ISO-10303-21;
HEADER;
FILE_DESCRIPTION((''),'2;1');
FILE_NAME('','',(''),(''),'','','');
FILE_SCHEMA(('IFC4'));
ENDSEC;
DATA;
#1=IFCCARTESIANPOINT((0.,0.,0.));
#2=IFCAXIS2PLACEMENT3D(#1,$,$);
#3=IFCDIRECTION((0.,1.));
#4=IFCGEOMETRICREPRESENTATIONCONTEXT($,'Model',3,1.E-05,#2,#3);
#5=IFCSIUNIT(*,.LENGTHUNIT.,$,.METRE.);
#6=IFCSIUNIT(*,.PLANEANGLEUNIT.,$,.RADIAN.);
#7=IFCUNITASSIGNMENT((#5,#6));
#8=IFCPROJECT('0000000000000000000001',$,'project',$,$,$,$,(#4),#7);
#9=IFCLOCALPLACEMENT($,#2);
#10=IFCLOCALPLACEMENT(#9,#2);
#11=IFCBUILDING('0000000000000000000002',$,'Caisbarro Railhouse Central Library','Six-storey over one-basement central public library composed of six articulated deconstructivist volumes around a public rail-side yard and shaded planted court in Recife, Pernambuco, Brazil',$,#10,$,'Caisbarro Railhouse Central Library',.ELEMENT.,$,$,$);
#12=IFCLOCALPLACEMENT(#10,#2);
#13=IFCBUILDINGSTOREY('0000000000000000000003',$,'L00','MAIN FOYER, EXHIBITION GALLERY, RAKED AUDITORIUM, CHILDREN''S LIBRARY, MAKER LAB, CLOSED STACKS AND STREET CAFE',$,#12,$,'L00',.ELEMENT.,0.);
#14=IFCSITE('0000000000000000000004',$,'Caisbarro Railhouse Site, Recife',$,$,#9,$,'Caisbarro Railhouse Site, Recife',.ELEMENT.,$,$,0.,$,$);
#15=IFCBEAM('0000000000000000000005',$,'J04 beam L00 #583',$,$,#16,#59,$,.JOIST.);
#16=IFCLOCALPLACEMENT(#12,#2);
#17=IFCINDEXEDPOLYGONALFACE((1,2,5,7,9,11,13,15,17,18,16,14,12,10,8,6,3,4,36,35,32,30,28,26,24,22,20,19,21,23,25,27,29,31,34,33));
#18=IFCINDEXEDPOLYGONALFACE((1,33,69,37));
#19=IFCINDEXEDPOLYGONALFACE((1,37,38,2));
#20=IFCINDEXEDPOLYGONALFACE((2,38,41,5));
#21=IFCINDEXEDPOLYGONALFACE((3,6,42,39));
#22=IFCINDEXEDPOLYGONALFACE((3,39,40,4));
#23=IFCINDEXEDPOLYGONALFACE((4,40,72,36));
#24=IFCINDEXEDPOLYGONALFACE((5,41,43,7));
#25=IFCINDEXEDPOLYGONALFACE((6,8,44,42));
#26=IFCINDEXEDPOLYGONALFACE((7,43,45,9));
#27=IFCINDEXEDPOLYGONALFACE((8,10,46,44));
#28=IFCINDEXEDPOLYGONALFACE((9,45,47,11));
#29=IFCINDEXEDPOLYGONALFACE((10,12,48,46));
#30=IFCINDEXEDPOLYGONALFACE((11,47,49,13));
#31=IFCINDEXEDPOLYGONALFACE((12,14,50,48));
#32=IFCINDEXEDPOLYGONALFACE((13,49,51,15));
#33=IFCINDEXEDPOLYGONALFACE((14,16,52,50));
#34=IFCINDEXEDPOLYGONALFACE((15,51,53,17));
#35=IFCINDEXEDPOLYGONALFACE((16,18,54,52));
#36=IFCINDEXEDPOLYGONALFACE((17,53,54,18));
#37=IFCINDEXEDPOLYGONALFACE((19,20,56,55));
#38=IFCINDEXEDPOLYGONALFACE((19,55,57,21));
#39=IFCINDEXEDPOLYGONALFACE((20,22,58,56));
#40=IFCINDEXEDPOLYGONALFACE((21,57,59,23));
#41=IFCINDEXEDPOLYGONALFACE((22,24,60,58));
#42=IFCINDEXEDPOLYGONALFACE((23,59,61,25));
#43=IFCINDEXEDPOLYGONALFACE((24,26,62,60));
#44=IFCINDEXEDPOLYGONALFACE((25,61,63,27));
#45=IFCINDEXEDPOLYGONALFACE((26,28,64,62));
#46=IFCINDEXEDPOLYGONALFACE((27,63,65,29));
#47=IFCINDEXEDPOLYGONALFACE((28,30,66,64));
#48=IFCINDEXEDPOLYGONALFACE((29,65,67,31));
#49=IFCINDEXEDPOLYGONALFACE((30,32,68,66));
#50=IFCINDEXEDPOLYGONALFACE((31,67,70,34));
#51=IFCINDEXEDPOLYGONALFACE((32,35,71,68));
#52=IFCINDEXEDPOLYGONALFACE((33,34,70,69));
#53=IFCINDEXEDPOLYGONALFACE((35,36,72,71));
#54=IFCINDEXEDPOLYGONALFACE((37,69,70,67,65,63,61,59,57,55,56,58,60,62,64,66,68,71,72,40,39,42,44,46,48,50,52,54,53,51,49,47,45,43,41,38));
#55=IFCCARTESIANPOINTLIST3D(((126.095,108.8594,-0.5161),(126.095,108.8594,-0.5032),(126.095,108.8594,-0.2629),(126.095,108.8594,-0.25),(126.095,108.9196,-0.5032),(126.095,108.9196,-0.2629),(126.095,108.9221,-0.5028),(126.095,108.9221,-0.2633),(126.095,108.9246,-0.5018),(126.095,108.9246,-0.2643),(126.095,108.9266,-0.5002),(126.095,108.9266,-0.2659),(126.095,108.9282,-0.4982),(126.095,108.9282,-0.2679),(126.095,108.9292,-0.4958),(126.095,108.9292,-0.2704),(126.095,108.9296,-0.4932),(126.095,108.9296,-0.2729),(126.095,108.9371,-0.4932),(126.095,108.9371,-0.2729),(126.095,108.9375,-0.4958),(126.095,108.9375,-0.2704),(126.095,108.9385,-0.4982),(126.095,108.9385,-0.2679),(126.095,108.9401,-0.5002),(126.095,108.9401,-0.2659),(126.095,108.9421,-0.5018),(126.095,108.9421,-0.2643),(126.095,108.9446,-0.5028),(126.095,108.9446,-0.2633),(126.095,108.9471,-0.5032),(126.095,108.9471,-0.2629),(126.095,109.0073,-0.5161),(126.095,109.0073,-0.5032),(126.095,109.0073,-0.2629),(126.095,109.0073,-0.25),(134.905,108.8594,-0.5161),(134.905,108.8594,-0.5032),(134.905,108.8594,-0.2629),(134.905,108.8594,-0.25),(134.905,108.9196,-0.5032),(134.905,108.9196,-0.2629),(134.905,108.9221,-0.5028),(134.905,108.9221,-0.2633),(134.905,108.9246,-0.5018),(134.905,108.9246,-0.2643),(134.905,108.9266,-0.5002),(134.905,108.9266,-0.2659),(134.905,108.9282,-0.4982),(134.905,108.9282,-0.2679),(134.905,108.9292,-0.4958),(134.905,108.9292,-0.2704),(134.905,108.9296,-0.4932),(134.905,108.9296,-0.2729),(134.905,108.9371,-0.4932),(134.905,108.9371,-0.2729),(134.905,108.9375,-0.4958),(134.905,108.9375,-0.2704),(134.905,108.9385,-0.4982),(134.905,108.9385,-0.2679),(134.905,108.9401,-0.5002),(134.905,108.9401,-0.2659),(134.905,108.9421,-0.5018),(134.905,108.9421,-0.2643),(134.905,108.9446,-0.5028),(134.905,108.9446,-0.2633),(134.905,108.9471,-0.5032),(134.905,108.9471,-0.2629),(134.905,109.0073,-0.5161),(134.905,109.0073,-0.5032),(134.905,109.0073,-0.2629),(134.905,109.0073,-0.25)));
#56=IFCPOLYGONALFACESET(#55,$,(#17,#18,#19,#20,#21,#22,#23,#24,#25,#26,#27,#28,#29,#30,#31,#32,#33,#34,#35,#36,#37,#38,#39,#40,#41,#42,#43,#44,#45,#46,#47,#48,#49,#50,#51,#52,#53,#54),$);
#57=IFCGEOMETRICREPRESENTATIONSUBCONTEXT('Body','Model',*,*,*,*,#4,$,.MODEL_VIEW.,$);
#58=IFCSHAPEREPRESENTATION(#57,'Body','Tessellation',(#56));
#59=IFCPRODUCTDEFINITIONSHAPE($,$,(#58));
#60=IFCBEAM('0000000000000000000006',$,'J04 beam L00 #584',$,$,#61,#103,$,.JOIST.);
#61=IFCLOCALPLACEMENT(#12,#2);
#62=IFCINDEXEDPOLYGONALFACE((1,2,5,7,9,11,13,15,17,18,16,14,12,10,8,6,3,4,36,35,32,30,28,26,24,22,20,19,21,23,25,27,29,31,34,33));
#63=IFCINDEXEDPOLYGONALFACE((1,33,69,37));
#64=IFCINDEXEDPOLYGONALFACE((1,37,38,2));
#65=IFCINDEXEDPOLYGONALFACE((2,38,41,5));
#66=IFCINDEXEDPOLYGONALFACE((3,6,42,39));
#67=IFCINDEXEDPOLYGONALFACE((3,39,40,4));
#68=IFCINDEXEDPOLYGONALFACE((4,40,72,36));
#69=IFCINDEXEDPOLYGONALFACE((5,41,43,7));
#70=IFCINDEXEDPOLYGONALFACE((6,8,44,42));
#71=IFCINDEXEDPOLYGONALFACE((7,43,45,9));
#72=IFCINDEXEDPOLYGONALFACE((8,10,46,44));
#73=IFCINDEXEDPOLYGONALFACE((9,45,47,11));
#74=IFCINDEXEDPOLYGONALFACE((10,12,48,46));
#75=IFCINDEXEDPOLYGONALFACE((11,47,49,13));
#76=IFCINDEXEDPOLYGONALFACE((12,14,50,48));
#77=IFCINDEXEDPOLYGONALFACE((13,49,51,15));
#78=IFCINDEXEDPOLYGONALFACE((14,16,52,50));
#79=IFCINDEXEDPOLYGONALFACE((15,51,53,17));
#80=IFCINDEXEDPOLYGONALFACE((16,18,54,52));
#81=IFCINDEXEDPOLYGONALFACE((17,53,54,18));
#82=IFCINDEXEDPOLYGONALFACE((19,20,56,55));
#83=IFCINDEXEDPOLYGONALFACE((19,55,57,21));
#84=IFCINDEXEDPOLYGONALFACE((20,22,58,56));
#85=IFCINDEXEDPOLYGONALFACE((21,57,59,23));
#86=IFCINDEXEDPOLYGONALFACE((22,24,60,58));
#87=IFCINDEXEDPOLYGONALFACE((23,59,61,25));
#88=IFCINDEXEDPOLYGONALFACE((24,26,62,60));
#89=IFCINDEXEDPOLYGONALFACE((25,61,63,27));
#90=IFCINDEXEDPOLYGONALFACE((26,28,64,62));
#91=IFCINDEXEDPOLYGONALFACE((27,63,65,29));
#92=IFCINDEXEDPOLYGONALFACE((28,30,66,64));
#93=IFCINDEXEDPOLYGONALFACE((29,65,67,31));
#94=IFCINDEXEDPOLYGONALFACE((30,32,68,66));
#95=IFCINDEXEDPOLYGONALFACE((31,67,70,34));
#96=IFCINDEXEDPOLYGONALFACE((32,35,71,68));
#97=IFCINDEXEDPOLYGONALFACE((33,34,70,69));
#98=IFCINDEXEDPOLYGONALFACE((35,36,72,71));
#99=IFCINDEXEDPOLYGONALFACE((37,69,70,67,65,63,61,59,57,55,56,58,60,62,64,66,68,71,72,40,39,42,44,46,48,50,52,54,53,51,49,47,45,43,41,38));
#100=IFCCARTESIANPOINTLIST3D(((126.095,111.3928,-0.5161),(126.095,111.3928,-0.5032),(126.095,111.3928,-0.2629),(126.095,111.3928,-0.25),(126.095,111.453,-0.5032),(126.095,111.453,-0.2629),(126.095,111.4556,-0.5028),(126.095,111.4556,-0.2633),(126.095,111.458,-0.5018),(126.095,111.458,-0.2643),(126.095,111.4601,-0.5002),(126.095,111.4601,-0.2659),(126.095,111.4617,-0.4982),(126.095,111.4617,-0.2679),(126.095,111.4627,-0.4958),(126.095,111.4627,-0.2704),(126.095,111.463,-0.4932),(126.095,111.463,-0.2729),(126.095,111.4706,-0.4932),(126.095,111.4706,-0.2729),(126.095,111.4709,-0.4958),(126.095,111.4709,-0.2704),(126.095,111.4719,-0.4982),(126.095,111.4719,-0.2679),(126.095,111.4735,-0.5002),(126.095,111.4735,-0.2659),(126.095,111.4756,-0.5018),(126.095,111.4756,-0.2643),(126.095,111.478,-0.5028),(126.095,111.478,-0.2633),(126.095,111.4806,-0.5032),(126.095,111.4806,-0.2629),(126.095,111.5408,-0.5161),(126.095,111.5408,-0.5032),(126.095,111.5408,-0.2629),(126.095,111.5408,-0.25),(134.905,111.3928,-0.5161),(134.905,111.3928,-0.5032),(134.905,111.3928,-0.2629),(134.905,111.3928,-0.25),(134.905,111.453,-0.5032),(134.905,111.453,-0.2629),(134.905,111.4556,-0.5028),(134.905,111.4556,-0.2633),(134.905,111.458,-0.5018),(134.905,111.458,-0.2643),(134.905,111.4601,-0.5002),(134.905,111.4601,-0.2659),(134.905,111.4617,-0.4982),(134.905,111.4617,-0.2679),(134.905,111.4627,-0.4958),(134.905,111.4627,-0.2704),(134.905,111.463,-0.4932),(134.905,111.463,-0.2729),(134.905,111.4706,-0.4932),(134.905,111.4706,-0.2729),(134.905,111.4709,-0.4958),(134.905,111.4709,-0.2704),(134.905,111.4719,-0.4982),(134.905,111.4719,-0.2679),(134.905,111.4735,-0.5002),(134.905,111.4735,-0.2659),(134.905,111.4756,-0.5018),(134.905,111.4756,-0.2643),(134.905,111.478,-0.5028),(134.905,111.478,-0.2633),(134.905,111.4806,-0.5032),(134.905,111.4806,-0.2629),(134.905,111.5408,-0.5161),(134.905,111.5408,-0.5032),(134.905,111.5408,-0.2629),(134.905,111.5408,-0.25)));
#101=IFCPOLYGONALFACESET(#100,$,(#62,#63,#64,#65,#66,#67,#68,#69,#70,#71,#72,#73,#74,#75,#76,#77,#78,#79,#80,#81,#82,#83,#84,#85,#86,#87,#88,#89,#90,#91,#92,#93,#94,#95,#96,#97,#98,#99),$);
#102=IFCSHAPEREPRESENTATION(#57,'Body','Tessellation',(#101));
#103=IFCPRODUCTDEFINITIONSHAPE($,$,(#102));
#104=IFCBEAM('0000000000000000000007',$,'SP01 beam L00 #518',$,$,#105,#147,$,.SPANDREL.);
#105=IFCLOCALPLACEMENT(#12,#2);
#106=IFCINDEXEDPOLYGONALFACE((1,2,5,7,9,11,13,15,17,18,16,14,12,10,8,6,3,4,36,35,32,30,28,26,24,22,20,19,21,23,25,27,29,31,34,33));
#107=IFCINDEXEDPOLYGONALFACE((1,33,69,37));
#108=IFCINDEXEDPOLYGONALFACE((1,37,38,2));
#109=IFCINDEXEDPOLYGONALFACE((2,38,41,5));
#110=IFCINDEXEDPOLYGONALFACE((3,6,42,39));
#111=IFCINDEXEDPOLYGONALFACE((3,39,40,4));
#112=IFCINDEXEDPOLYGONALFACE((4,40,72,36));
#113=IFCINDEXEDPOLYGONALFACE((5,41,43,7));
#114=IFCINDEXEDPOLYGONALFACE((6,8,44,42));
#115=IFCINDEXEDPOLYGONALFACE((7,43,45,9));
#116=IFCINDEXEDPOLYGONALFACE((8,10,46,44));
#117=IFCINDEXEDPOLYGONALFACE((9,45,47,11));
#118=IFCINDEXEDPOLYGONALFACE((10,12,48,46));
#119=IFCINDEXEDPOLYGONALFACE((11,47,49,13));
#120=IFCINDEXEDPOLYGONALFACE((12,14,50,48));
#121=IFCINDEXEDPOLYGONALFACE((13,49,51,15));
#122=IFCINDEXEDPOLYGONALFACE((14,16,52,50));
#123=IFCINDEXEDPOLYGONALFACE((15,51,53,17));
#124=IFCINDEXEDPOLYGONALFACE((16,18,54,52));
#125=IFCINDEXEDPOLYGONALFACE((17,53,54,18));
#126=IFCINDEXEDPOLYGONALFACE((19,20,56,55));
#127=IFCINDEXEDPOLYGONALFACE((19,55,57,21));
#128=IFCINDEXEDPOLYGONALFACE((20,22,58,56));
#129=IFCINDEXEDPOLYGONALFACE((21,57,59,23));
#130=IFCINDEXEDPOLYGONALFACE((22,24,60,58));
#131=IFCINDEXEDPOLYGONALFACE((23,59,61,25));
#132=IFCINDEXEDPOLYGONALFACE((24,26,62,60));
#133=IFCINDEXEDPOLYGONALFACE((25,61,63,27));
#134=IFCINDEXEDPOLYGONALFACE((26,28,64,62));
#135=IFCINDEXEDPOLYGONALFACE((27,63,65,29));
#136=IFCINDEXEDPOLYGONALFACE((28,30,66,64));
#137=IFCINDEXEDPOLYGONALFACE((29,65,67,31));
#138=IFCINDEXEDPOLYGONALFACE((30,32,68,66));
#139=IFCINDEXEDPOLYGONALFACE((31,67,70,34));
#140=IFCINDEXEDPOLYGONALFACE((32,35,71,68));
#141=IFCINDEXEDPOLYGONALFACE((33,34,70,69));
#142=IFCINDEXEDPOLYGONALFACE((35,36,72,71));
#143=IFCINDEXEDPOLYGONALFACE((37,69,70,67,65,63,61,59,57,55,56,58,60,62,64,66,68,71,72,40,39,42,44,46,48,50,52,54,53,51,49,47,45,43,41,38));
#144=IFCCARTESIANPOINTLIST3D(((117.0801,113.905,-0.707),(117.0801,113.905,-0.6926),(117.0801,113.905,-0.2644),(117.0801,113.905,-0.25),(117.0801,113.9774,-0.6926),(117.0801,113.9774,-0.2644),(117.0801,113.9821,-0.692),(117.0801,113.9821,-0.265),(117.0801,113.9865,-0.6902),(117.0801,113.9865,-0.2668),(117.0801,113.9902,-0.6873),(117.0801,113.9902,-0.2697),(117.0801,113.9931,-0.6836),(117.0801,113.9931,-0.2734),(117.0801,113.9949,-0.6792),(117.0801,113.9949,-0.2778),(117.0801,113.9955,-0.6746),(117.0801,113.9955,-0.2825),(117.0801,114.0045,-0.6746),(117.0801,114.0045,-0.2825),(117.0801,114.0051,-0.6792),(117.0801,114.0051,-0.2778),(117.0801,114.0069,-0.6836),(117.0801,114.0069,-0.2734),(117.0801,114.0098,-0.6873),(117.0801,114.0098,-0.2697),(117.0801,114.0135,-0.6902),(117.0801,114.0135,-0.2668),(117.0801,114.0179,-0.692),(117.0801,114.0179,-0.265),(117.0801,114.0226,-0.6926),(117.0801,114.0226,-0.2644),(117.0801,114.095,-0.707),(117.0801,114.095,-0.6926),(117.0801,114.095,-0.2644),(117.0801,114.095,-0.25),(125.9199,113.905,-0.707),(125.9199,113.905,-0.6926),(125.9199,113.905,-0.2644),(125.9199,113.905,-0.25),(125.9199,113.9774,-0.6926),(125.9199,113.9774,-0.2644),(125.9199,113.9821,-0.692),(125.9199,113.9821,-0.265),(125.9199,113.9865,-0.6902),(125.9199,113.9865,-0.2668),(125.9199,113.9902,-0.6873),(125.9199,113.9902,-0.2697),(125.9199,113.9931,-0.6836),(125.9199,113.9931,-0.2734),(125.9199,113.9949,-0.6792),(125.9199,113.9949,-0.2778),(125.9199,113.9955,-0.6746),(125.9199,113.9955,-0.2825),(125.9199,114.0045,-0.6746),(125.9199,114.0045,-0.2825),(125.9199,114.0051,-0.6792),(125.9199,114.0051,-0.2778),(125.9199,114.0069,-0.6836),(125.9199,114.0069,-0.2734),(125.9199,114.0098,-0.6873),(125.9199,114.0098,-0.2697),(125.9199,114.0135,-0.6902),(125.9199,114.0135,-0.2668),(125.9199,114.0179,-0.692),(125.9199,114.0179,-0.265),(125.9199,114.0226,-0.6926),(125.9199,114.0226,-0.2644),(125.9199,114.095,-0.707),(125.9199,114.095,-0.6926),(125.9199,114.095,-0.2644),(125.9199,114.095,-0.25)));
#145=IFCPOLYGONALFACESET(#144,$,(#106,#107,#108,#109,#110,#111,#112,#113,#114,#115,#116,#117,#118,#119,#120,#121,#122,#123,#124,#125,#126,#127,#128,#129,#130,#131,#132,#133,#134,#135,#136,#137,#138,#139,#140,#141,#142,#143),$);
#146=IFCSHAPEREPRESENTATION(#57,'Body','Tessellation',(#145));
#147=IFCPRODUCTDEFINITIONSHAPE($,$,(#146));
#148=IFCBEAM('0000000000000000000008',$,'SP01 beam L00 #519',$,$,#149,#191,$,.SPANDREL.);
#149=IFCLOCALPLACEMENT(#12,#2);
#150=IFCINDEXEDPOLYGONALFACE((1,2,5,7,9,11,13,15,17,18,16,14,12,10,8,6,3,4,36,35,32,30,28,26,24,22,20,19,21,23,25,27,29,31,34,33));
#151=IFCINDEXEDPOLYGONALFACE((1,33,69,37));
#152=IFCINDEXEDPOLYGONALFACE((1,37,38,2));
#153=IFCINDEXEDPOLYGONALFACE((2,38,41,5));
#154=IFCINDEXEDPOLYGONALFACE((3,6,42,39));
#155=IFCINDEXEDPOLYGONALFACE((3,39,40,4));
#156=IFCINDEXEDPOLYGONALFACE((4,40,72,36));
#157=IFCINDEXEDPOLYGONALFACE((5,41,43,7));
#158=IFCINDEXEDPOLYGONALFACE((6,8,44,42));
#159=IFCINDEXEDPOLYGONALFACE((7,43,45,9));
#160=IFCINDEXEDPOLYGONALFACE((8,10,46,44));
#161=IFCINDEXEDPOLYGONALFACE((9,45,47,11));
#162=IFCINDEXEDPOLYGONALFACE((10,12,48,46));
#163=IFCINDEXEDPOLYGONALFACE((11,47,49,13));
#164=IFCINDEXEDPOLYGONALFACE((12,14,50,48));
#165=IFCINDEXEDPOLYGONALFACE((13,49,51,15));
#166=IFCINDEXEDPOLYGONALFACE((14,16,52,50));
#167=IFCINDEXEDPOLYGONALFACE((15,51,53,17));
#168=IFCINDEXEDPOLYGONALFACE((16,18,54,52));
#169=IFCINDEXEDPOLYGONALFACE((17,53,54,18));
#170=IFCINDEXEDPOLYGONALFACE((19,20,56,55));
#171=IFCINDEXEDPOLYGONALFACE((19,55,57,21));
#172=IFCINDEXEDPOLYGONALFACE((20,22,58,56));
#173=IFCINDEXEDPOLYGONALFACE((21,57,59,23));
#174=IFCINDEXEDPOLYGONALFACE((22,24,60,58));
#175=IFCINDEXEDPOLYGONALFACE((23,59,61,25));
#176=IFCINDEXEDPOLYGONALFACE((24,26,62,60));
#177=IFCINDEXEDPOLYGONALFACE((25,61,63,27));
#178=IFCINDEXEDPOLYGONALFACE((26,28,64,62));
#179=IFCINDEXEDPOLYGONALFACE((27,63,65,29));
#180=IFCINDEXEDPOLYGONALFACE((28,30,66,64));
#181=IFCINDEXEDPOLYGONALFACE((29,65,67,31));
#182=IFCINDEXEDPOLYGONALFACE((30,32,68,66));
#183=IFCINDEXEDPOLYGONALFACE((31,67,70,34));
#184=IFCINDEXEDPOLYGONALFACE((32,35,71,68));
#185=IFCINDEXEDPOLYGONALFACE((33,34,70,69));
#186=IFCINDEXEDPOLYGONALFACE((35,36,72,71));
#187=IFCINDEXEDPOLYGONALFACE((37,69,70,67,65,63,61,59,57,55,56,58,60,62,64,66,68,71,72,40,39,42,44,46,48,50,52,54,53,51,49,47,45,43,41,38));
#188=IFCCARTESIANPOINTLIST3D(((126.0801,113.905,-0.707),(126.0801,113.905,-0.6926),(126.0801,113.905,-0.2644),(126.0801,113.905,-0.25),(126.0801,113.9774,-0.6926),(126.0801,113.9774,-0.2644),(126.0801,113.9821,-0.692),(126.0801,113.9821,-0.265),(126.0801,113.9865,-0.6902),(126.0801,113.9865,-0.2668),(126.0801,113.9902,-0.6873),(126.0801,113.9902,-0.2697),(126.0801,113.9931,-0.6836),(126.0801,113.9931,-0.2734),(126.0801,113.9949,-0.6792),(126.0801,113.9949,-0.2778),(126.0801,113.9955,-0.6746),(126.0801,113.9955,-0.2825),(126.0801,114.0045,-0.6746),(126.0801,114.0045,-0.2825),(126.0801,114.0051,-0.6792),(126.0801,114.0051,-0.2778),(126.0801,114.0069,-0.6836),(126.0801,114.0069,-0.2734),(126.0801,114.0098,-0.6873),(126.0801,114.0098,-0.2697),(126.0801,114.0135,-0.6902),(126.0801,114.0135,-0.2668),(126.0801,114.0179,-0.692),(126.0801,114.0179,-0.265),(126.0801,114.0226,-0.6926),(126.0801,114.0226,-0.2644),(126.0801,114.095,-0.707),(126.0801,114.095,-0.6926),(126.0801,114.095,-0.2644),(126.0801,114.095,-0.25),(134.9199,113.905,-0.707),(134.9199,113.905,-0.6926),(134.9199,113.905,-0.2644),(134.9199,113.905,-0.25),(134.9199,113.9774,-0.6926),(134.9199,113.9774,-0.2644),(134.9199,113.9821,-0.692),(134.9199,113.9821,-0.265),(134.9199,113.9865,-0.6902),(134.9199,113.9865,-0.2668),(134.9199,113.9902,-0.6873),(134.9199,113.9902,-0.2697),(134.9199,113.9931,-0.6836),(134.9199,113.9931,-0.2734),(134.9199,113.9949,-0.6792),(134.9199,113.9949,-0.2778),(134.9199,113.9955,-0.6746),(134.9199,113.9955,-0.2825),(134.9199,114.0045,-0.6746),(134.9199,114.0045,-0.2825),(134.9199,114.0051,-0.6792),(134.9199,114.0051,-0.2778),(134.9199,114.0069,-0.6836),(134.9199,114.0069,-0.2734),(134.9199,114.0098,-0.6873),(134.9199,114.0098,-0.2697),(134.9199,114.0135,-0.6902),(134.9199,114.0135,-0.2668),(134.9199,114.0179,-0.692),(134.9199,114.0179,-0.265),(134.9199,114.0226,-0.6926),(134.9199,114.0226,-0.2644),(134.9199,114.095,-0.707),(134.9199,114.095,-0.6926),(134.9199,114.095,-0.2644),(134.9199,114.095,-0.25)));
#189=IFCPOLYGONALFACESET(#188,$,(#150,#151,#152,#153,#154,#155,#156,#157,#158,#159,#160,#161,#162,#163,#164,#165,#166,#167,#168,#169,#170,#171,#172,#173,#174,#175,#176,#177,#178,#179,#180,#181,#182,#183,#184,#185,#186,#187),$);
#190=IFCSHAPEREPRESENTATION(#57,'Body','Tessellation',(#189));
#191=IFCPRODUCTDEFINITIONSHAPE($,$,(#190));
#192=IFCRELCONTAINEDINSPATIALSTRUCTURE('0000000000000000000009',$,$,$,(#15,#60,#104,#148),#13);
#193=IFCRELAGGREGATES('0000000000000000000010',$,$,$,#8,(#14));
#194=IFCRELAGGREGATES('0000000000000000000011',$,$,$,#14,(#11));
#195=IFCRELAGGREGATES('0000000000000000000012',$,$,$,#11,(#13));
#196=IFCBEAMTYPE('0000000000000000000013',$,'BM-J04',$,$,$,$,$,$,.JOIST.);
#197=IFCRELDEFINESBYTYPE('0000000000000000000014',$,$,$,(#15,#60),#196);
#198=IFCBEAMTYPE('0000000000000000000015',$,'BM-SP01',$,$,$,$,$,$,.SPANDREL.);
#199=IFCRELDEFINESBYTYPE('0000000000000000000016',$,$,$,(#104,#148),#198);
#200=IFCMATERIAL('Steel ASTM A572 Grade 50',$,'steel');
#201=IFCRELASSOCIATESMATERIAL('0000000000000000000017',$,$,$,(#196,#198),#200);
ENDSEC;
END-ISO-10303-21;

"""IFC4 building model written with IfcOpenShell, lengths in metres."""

from ifc_helpers import new_model, si_unit, direction, frame, origin, origin_2d, place, context, subcontext, project, spatial, i_section, extrude, material, material_profile, profile_set, type_object, element, save


model = new_model("IFC4")

# Units and contexts
model_context = context("Model", 3, precision=1e-05, world=origin(), true_north=direction((0.0, 1.0)))
body_context = subcontext(model_context, "Body", "Model", "MODEL_VIEW")
ifc_project = project(units=[si_unit("LENGTHUNIT", "METRE"), si_unit("PLANEANGLEUNIT", "RADIAN")], contexts=[model_context])

# Site, building, storey
site_placement = place(None, origin())
site = spatial("IfcSite", under=ifc_project, at=site_placement, Name="Caisbarro Railhouse Site, Recife", LongName="Caisbarro Railhouse Site, Recife", CompositionType="ELEMENT", RefElevation=0.0)
building_placement = place(site_placement, origin())
building = spatial("IfcBuilding", under=site, at=building_placement, Name="Caisbarro Railhouse Central Library", Description="Six-storey over one-basement central public library composed of six articulated deconstructivist volumes around a public rail-side yard and shaded planted court in Recife, Pernambuco, Brazil", LongName="Caisbarro Railhouse Central Library", CompositionType="ELEMENT")
storey_placement = place(building_placement, origin())
storey = spatial("IfcBuildingStorey", under=building, at=storey_placement, Name="L00", Description="MAIN FOYER, EXHIBITION GALLERY, RAKED AUDITORIUM, CHILDREN'S LIBRARY, MAKER LAB, CLOSED STACKS AND STREET CAFE", LongName="L00", CompositionType="ELEMENT", Elevation=0.0)

# Shared definitions
ifc_material_1 = material(Name="Steel ASTM A572 Grade 50", Category="steel")

# Beams
ifc_material_profile_1 = material_profile(ifc_material_1, i_section(OverallWidth=0.1479, OverallDepth=0.2661, WebThickness=0.0076, FlangeThickness=0.0129, FilletRadius=0.01, at=origin_2d()), Name="W250X44.8")
ifc_profile_set_1 = profile_set([ifc_material_profile_1], Name="Steel ASTM A572 Grade 50")
beam_type_1 = type_object("IfcBeamType", Name="BM-J04", PredefinedType="JOIST", material=ifc_profile_set_1)
for number, where, z_axis, x_axis, name in (
    (1, (126.095, 108.9333, -0.3831), (1.0, 0.0, 0.0), (0.0, 1.0, 0.0), "J04 beam L00 #583"),
    (2, (126.095, 111.4668, -0.3831), (1.0, 0.0, 0.0), (0.0, 1.0, 0.0), "J04 beam L00 #584"),
):
    element("IfcBeam", number, at=place(storey_placement, frame(where, z_axis=z_axis, x_axis=x_axis)), inside=storey, type_object=beam_type_1, Name=name, PredefinedType="JOIST", context=body_context, shape_type="SweptSolid", body=[
        extrude(i_section(OverallWidth=0.1479, OverallDepth=0.2661, WebThickness=0.0076, FlangeThickness=0.0129, FilletRadius=0.01, at=origin_2d()), origin(), (0.0, 0.0, 1.0), 8.8101),
    ])
ifc_material_profile_2 = material_profile(ifc_material_1, i_section(OverallWidth=0.1899, OverallDepth=0.457, WebThickness=0.009, FlangeThickness=0.0144, FilletRadius=0.0181, at=origin_2d()), Name="W460X74.0")
ifc_profile_set_2 = profile_set([ifc_material_profile_2], Name="Steel ASTM A572 Grade 50")
beam_type_2 = type_object("IfcBeamType", Name="BM-SP01", PredefinedType="SPANDREL", material=ifc_profile_set_2)
for number, where, z_axis, x_axis, name in (
    (3, (117.0801, 114.0, -0.4785), (1.0, 0.0, 0.0), (0.0, 1.0, 0.0), "SP01 beam L00 #518"),
    (4, (126.0801, 114.0, -0.4785), (1.0, 0.0, 0.0), (0.0, 1.0, 0.0), "SP01 beam L00 #519"),
):
    element("IfcBeam", number, at=place(storey_placement, frame(where, z_axis=z_axis, x_axis=x_axis)), inside=storey, type_object=beam_type_2, Name=name, PredefinedType="SPANDREL", context=body_context, shape_type="SweptSolid", body=[
        extrude(i_section(OverallWidth=0.1899, OverallDepth=0.457, WebThickness=0.009, FlangeThickness=0.0144, FilletRadius=0.0181, at=origin_2d()), origin(), (0.0, 0.0, 1.0), 8.8398),
    ])

save(model, "model.ifc")
